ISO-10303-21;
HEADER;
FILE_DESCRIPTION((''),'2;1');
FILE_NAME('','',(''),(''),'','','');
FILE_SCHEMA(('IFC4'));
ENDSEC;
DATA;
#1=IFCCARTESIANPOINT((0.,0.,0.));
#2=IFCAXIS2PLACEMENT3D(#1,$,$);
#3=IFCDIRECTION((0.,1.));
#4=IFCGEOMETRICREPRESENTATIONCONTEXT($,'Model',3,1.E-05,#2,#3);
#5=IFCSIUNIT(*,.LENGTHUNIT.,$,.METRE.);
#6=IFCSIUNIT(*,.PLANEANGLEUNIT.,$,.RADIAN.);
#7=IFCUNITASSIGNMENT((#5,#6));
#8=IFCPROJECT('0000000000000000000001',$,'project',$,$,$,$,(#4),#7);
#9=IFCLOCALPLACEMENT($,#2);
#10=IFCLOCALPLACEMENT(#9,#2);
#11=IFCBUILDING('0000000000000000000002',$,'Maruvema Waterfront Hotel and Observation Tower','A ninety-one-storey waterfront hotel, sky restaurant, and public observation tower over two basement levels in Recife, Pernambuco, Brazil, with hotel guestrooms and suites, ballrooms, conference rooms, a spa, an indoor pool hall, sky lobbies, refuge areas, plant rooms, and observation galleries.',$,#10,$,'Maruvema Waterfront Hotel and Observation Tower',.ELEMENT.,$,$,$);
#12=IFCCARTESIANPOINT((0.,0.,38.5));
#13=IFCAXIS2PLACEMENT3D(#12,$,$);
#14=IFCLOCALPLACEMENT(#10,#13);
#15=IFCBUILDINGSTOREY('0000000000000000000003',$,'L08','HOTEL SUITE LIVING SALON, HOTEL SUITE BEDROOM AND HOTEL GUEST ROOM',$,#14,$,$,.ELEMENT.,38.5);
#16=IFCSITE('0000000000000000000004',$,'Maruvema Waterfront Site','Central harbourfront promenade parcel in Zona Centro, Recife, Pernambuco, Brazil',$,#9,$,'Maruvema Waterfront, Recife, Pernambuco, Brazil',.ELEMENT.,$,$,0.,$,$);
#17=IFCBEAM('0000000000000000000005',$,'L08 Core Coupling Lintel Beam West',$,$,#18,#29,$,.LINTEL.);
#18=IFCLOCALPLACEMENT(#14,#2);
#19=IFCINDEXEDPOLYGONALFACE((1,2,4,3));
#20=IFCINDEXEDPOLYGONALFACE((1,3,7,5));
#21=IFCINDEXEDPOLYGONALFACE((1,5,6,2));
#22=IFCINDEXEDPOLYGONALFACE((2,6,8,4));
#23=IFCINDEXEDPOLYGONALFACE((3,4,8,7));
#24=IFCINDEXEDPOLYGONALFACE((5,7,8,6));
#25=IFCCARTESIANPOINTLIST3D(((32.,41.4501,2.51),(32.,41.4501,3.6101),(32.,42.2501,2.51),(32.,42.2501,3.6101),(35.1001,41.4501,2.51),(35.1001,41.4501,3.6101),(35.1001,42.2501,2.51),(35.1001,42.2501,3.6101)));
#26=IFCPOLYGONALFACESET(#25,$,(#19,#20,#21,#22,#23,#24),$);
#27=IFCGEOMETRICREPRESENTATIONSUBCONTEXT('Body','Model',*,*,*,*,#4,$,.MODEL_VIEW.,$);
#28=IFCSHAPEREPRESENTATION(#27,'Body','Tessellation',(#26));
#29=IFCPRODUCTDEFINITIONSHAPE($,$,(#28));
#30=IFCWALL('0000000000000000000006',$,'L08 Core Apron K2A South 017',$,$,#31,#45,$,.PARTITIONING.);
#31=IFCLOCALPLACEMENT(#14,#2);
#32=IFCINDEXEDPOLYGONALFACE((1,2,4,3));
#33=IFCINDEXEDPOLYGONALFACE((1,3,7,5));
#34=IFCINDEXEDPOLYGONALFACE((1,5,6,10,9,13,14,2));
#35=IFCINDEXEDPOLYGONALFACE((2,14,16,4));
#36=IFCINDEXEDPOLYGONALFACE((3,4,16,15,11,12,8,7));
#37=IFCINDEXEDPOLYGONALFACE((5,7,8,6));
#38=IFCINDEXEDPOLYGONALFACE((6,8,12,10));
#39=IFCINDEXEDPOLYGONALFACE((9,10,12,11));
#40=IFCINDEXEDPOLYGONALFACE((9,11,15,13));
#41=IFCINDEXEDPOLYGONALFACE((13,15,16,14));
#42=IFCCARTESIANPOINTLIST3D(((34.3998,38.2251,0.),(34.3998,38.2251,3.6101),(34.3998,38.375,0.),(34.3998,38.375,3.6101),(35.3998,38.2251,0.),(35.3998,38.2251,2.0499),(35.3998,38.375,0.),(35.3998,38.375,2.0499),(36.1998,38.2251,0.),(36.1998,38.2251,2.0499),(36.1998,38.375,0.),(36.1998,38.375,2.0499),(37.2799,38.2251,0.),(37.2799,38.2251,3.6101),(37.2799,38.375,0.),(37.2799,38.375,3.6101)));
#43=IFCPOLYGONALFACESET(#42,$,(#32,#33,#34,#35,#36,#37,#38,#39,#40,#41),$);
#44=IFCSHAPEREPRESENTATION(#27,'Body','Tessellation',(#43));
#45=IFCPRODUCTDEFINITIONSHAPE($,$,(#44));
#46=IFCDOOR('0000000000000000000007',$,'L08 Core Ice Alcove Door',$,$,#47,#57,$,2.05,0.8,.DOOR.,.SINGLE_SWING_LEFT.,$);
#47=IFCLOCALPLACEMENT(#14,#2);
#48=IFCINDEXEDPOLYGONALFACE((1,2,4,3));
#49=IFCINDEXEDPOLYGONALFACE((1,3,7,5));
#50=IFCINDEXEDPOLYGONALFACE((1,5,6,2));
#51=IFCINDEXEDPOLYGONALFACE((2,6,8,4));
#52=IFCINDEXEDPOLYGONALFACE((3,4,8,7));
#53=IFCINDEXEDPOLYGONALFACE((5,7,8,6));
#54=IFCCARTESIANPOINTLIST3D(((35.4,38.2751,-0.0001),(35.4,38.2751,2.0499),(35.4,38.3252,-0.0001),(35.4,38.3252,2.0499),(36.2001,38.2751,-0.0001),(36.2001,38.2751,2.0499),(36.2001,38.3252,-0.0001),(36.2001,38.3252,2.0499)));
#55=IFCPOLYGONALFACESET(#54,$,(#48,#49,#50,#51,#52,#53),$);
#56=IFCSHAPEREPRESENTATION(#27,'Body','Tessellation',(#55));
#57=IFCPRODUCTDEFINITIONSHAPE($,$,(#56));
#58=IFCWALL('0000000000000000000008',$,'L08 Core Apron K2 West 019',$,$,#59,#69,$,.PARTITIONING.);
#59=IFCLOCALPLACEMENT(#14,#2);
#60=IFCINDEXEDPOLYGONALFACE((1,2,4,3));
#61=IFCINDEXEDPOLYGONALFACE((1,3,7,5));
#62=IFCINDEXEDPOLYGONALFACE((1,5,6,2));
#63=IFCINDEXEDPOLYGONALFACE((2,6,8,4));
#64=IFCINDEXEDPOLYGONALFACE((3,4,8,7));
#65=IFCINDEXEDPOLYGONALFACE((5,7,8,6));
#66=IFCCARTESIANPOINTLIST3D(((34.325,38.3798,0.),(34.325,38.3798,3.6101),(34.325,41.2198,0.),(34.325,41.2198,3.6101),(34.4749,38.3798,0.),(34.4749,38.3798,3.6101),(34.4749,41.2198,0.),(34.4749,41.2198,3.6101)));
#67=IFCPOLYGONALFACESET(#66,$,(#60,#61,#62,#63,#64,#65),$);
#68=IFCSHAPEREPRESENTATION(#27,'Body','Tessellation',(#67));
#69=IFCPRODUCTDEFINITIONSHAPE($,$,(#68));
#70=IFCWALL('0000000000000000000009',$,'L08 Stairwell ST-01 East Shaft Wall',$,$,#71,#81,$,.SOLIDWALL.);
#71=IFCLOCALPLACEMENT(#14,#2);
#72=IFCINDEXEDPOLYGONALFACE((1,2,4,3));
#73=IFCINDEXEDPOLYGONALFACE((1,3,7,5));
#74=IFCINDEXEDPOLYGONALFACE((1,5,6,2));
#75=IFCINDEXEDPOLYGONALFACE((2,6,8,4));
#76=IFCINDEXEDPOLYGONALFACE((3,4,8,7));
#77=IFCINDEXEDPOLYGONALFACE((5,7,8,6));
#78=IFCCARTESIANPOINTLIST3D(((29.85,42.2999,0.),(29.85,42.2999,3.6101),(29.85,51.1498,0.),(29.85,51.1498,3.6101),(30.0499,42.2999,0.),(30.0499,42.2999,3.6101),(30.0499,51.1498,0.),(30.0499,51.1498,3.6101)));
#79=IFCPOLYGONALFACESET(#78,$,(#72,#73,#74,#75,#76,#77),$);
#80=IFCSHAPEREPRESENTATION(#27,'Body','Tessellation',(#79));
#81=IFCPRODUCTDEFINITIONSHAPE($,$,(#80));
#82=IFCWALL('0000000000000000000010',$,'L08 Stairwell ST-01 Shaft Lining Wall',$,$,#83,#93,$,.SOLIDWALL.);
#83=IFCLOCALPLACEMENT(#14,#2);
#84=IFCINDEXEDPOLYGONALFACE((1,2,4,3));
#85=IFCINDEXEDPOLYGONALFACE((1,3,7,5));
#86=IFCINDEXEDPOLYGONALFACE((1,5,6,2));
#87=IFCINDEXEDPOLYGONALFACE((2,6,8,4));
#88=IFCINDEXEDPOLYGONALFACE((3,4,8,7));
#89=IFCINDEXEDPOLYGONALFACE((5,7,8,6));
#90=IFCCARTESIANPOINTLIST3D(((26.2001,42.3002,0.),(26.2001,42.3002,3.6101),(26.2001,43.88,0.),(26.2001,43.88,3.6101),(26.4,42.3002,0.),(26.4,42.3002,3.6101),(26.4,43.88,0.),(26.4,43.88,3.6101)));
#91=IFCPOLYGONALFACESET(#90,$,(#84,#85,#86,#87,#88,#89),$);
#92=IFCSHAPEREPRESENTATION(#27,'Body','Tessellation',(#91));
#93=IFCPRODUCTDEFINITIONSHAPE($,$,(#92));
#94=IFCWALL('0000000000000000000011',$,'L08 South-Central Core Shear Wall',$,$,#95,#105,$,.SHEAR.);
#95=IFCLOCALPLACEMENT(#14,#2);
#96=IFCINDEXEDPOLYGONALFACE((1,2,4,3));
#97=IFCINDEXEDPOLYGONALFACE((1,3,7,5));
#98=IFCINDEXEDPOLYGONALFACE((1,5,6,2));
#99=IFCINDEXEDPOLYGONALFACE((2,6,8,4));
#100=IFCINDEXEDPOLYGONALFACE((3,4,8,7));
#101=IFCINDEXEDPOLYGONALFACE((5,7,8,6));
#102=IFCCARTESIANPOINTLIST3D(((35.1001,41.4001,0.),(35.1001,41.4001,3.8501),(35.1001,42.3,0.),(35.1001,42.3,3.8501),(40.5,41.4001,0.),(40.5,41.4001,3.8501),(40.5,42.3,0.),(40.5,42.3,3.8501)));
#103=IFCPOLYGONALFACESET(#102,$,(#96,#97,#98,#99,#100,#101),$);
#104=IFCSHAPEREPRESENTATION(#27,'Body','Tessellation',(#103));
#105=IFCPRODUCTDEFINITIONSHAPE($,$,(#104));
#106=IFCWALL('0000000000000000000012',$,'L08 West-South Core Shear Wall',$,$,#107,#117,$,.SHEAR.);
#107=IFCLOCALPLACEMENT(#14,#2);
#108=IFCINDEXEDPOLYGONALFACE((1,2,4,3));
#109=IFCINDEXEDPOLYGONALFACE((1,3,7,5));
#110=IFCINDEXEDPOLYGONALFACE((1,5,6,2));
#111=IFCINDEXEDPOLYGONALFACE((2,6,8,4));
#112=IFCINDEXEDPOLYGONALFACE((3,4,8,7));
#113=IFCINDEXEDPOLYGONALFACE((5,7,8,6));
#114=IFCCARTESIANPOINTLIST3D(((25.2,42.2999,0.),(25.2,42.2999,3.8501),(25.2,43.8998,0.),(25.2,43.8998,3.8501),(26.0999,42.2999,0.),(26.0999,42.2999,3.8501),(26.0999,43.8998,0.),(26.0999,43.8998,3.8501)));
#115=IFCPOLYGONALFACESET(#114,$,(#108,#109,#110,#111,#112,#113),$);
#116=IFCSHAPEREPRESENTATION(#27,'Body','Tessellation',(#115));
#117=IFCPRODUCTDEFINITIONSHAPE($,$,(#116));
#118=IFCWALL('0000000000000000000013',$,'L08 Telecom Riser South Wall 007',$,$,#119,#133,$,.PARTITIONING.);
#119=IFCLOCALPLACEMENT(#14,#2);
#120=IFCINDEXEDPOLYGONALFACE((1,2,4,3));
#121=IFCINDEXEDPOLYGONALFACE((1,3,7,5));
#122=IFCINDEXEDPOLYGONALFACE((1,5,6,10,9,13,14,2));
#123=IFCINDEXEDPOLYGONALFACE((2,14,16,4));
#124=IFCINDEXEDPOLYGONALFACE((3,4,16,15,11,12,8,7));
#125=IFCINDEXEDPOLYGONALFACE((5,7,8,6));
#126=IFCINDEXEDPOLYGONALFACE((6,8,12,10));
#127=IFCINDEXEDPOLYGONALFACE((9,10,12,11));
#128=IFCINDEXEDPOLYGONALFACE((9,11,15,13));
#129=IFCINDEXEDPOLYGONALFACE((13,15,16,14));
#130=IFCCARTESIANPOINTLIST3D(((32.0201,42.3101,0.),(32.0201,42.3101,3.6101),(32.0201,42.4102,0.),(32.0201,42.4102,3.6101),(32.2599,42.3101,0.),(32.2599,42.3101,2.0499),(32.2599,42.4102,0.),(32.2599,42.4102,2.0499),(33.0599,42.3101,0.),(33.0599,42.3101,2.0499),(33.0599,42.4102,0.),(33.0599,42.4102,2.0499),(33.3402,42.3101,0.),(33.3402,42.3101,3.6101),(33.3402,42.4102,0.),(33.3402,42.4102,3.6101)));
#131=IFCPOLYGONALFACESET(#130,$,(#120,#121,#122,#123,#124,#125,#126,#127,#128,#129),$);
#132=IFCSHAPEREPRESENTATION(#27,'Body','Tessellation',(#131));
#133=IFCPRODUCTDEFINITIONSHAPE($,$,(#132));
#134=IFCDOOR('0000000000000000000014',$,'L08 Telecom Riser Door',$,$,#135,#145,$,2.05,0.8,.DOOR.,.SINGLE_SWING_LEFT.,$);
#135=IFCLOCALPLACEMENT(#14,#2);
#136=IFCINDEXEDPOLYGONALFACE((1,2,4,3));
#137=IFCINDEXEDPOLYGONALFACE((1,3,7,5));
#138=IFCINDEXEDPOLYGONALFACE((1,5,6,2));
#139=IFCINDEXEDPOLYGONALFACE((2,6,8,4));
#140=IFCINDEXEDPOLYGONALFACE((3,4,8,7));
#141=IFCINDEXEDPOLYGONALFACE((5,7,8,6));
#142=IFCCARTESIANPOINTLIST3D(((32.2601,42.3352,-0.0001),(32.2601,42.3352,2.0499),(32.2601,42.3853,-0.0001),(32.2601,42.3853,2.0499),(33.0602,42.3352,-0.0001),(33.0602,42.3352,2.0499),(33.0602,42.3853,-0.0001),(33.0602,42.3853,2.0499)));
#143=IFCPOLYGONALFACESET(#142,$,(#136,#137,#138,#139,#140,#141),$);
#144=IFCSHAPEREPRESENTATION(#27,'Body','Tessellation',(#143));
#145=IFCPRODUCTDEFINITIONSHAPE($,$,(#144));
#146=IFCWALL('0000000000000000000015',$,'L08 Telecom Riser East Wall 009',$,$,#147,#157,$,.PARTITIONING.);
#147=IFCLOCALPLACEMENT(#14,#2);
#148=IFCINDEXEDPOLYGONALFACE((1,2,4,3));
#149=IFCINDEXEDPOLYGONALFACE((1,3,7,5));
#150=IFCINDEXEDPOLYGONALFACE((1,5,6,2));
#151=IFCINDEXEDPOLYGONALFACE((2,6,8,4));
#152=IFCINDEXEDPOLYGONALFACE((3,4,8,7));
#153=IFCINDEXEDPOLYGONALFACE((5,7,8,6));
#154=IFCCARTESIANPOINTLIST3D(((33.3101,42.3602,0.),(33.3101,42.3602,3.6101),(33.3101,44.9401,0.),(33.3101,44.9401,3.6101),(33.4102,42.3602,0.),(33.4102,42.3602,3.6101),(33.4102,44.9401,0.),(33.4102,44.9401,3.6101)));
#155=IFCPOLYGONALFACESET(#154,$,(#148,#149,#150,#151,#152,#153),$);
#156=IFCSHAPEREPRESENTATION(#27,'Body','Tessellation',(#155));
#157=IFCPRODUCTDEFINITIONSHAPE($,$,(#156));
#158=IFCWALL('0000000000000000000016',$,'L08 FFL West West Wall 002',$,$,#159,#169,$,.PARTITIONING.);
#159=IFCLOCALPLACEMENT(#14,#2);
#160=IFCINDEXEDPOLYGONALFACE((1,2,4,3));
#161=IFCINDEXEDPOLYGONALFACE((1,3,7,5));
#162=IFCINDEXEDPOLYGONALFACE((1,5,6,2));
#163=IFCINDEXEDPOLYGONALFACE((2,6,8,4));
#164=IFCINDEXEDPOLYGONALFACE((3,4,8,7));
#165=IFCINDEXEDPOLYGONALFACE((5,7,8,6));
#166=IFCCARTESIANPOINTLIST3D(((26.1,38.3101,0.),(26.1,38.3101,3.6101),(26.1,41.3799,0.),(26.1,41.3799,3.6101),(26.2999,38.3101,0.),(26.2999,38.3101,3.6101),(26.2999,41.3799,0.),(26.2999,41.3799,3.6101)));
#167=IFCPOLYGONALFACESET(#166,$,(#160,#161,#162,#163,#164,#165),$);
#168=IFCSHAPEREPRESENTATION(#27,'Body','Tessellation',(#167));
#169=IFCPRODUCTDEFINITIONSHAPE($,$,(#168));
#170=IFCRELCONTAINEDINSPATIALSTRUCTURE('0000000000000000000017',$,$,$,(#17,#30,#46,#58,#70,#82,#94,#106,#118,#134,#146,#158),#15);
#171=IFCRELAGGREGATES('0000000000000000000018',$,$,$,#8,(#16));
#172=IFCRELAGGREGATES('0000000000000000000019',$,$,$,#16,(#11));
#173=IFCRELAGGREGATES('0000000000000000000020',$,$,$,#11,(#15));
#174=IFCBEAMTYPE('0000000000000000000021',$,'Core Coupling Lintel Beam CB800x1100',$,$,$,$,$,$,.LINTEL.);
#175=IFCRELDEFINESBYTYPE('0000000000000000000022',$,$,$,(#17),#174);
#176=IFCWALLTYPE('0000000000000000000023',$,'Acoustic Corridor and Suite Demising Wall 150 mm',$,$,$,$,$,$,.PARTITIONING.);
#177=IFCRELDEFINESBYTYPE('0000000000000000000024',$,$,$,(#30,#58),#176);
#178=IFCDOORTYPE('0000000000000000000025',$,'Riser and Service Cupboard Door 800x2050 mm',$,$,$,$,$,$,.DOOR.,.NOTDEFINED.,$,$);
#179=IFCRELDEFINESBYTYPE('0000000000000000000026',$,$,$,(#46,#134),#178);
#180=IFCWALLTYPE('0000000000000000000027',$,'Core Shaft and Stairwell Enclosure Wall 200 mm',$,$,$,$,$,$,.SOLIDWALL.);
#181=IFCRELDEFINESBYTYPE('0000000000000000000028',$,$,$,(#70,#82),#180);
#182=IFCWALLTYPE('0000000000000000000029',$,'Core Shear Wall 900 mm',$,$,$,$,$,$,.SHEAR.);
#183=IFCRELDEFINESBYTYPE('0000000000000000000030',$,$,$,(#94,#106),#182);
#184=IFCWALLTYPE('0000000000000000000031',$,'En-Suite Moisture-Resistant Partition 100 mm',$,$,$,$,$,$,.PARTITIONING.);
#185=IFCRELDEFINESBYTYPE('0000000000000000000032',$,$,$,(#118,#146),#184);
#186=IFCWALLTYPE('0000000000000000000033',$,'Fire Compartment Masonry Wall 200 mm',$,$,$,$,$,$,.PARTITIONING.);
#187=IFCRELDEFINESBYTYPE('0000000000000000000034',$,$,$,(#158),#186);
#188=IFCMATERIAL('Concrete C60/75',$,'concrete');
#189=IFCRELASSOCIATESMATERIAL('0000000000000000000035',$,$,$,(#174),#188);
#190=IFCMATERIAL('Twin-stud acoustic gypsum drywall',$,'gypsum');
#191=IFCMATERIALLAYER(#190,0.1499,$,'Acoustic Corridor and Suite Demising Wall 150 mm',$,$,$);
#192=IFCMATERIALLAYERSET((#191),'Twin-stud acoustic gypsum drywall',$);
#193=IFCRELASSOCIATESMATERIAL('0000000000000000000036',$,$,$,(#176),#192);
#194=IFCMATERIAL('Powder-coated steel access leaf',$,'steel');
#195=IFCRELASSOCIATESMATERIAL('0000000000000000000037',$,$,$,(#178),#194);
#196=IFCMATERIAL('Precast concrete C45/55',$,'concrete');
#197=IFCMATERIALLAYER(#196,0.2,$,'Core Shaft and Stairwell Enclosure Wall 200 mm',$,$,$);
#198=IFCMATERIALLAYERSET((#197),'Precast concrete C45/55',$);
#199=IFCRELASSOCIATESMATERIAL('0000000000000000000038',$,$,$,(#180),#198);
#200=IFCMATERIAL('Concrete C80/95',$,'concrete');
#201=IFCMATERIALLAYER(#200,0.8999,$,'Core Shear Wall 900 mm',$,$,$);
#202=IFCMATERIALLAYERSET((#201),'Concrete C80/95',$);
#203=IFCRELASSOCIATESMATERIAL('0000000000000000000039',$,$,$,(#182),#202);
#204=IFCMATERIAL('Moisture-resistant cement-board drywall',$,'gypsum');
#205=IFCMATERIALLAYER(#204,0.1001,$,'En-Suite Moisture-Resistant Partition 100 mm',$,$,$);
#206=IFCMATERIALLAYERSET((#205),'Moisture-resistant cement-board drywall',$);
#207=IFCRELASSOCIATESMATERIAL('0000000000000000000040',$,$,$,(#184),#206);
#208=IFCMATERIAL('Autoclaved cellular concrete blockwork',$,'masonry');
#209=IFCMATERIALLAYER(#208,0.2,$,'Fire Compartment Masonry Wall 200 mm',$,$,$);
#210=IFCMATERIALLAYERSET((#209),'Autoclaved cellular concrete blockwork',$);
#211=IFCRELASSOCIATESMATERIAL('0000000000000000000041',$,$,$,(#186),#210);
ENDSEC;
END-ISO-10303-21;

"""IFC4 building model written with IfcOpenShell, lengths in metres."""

from ifc_helpers import new_model, si_unit, direction, frame, frame_2d, origin, origin_2d, place, context, subcontext, project, spatial, rectangle, extrude, material, layer, layer_set, material_profile, profile_set, type_object, element, fill, save


model = new_model("IFC4")

# Units and contexts
model_context = context("Model", 3, precision=1e-05, world=origin(), true_north=direction((0.0, 1.0)))
body_context = subcontext(model_context, "Body", "Model", "MODEL_VIEW")
ifc_project = project(units=[si_unit("LENGTHUNIT", "METRE"), si_unit("PLANEANGLEUNIT", "RADIAN")], contexts=[model_context])

# Site, building, storey
site_placement = place(None, origin())
site = spatial("IfcSite", under=ifc_project, at=site_placement, Name="Maruvema Waterfront Site", Description="Central harbourfront promenade parcel in Zona Centro, Recife, Pernambuco, Brazil", LongName="Maruvema Waterfront, Recife, Pernambuco, Brazil", CompositionType="ELEMENT", RefElevation=0.0)
building_placement = place(site_placement, origin())
building = spatial("IfcBuilding", under=site, at=building_placement, Name="Maruvema Waterfront Hotel and Observation Tower", Description="A ninety-one-storey waterfront hotel, sky restaurant, and public observation tower over two basement levels in Recife, Pernambuco, Brazil, with hotel guestrooms and suites, ballrooms, conference rooms, a spa, an indoor pool hall, sky lobbies, refuge areas, plant rooms, and observation galleries.", LongName="Maruvema Waterfront Hotel and Observation Tower", CompositionType="ELEMENT")
storey_placement = place(building_placement, frame((0.0, 0.0, 38.5)))
storey = spatial("IfcBuildingStorey", under=building, at=storey_placement, Name="L08", Description="HOTEL SUITE LIVING SALON, HOTEL SUITE BEDROOM AND HOTEL GUEST ROOM", CompositionType="ELEMENT", Elevation=38.5)

# Beam
ifc_material_1 = material(Name="Concrete C60/75", Category="concrete")
ifc_material_profile = material_profile(ifc_material_1, rectangle(XDim=0.8, YDim=1.1001, at=origin_2d()), Name="CB800x1100")
ifc_profile_set = profile_set([ifc_material_profile], Name="Concrete C60/75")
beam_type = type_object("IfcBeamType", Name="Core Coupling Lintel Beam CB800x1100", PredefinedType="LINTEL", material=ifc_profile_set)
beam_placement = place(storey_placement, frame((32.0, 41.8501, 3.0601), z_axis=(1.0, 0.0, 0.0), x_axis=(0.0, 1.0, 0.0)))
element("IfcBeam", 1, at=beam_placement, inside=storey, type_object=beam_type, Name="L08 Core Coupling Lintel Beam West", PredefinedType="LINTEL", context=body_context, shape_type="SweptSolid", body=[
    extrude(rectangle(XDim=0.8, YDim=1.1001, at=origin_2d()), origin(), (0.0, 0.0, 1.0), 3.1001),
])

# Wall, opening, door
ifc_material_2 = material(Name="Twin-stud acoustic gypsum drywall", Category="gypsum")
ifc_layer_1 = layer(ifc_material_2, 0.1499, Name="Acoustic Corridor and Suite Demising Wall 150 mm")
ifc_layer_set_1 = layer_set([ifc_layer_1], Name="Twin-stud acoustic gypsum drywall")
wall_type_1 = type_object("IfcWallType", Name="Acoustic Corridor and Suite Demising Wall 150 mm", PredefinedType="PARTITIONING", material=ifc_layer_set_1)
wall_1_placement = place(storey_placement, frame((34.3999, 38.3, 0.0), z_axis=(0.0, 0.0, 1.0), x_axis=(1.0, 0.0, 0.0)))
wall_1 = element("IfcWall", 2, at=wall_1_placement, inside=storey, type_object=wall_type_1, Name="L08 Core Apron K2A South 017", PredefinedType="PARTITIONING", context=body_context, shape_type="SweptSolid", body=[
    extrude(rectangle(XDim=2.8801, YDim=0.1499, at=frame_2d((1.4399, 0.0))), origin(), (0.0, 0.0, 1.0), 3.6101),
])
opening_1_placement = place(wall_1_placement, frame((1.0, 0.0, 0.0)))
opening_1 = element("IfcOpeningElement", 3, at=opening_1_placement, cuts=wall_1, PredefinedType="OPENING", context=body_context, shape_type="SweptSolid", body=[
    extrude(rectangle(XDim=0.8, YDim=2.05, at=frame_2d((0.3999, 1.0249))), frame((0.0, 0.085, 0.0), z_axis=(0.0, -1.0, 0.0), x_axis=(1.0, 0.0, 0.0)), (0.0, 0.0, 1.0), 0.1699),
])
ifc_material_3 = material(Name="Powder-coated steel access leaf", Category="steel")
door_type_1 = type_object("IfcDoorType", Name="Riser and Service Cupboard Door 800x2050 mm", OperationType="NOTDEFINED", PredefinedType="DOOR", material=ifc_material_3)
door_1_placement = place(opening_1_placement, frame((0.8, 0.0, 0.0), z_axis=(0.0, 0.0, 1.0), x_axis=(-1.0, 0.0, 0.0)))
door_1 = element("IfcDoor", 4, at=door_1_placement, inside=storey, type_object=door_type_1, Name="L08 Core Ice Alcove Door", OperationType="SINGLE_SWING_LEFT", OverallHeight=2.05, OverallWidth=0.8, PredefinedType="DOOR", context=body_context, shape_type="SweptSolid", body=[
    extrude(rectangle(XDim=0.8, YDim=2.05, at=frame_2d((0.3999, 1.0249))), frame((0.0, 0.0249, 0.0), z_axis=(0.0, -1.0, 0.0), x_axis=(1.0, 0.0, 0.0)), (0.0, 0.0, 1.0), 0.05),
])
fill(opening_1, door_1)

# Walls
wall_2_placement = place(storey_placement, frame((34.3999, 38.3799, 0.0), z_axis=(0.0, 0.0, 1.0), x_axis=(0.0, 1.0, 0.0)))
element("IfcWall", 5, at=wall_2_placement, inside=storey, type_object=wall_type_1, Name="L08 Core Apron K2 West 019", PredefinedType="PARTITIONING", context=body_context, shape_type="SweptSolid", body=[
    extrude(rectangle(XDim=2.8401, YDim=0.1499, at=frame_2d((1.4199, 0.0))), origin(), (0.0, 0.0, 1.0), 3.6101),
])
ifc_material_4 = material(Name="Precast concrete C45/55", Category="concrete")
ifc_layer_2 = layer(ifc_material_4, 0.2, Name="Core Shaft and Stairwell Enclosure Wall 200 mm")
ifc_layer_set_2 = layer_set([ifc_layer_2], Name="Precast concrete C45/55")
wall_type_2 = type_object("IfcWallType", Name="Core Shaft and Stairwell Enclosure Wall 200 mm", PredefinedType="SOLIDWALL", material=ifc_layer_set_2)
wall_3_placement = place(storey_placement, frame((29.95, 42.3, 0.0), z_axis=(0.0, 0.0, 1.0), x_axis=(0.0, 1.0, 0.0)))
element("IfcWall", 6, at=wall_3_placement, inside=storey, type_object=wall_type_2, Name="L08 Stairwell ST-01 East Shaft Wall", PredefinedType="SOLIDWALL", context=body_context, shape_type="SweptSolid", body=[
    extrude(rectangle(XDim=8.8499, YDim=0.2, at=frame_2d((4.4248, 0.0))), origin(), (0.0, 0.0, 1.0), 3.6101),
])
wall_4_placement = place(storey_placement, frame((26.3, 42.3, 0.0), z_axis=(0.0, 0.0, 1.0), x_axis=(0.0, 1.0, 0.0)))
element("IfcWall", 7, at=wall_4_placement, inside=storey, type_object=wall_type_2, Name="L08 Stairwell ST-01 Shaft Lining Wall", PredefinedType="SOLIDWALL", context=body_context, shape_type="SweptSolid", body=[
    extrude(rectangle(XDim=1.5798, YDim=0.2, at=frame_2d((0.79, 0.0))), origin(), (0.0, 0.0, 1.0), 3.6101),
])

# Shared definitions
ifc_material_5 = material(Name="Concrete C80/95", Category="concrete")
ifc_layer_3 = layer(ifc_material_5, 0.8999, Name="Core Shear Wall 900 mm")
ifc_layer_set_3 = layer_set([ifc_layer_3], Name="Concrete C80/95")
wall_type_3 = type_object("IfcWallType", Name="Core Shear Wall 900 mm", PredefinedType="SHEAR", material=ifc_layer_set_3)

# Walls
wall_5_placement = place(storey_placement, frame((35.1001, 41.8501, 0.0), z_axis=(0.0, 0.0, 1.0), x_axis=(1.0, 0.0, 0.0)))
element("IfcWall", 8, at=wall_5_placement, inside=storey, type_object=wall_type_3, Name="L08 South-Central Core Shear Wall", PredefinedType="SHEAR", context=body_context, shape_type="SweptSolid", body=[
    extrude(rectangle(XDim=5.3999, YDim=0.8999, at=frame_2d((2.7, 0.0))), origin(), (0.0, 0.0, 1.0), 3.8501),
])
wall_6_placement = place(storey_placement, frame((25.6499, 42.3, 0.0), z_axis=(0.0, 0.0, 1.0), x_axis=(0.0, 1.0, 0.0)))
element("IfcWall", 9, at=wall_6_placement, inside=storey, type_object=wall_type_3, Name="L08 West-South Core Shear Wall", PredefinedType="SHEAR", context=body_context, shape_type="SweptSolid", body=[
    extrude(rectangle(XDim=1.5999, YDim=0.8999, at=frame_2d((0.7998, 0.0))), origin(), (0.0, 0.0, 1.0), 3.8501),
])

# Wall, opening, door
ifc_material_6 = material(Name="Moisture-resistant cement-board drywall", Category="gypsum")
ifc_layer_4 = layer(ifc_material_6, 0.1001, Name="En-Suite Moisture-Resistant Partition 100 mm")
ifc_layer_set_4 = layer_set([ifc_layer_4], Name="Moisture-resistant cement-board drywall")
wall_type_4 = type_object("IfcWallType", Name="En-Suite Moisture-Resistant Partition 100 mm", PredefinedType="PARTITIONING", material=ifc_layer_set_4)
wall_7_placement = place(storey_placement, frame((32.02, 42.3601, 0.0), z_axis=(0.0, 0.0, 1.0), x_axis=(1.0, 0.0, 0.0)))
wall_7 = element("IfcWall", 10, at=wall_7_placement, inside=storey, type_object=wall_type_4, Name="L08 Telecom Riser South Wall 007", PredefinedType="PARTITIONING", context=body_context, shape_type="SweptSolid", body=[
    extrude(rectangle(XDim=1.3201, YDim=0.1001, at=frame_2d((0.6602, 0.0))), origin(), (0.0, 0.0, 1.0), 3.6101),
])
opening_2_placement = place(wall_7_placement, frame((0.24, 0.0, 0.0)))
opening_2 = element("IfcOpeningElement", 11, at=opening_2_placement, cuts=wall_7, PredefinedType="OPENING", context=body_context, shape_type="SweptSolid", body=[
    extrude(rectangle(XDim=0.8, YDim=2.05, at=frame_2d((0.3999, 1.0249))), frame((0.0, 0.0601, 0.0), z_axis=(0.0, -1.0, 0.0), x_axis=(1.0, 0.0, 0.0)), (0.0, 0.0, 1.0), 0.1201),
])
door_2_placement = place(opening_2_placement, frame((0.8, 0.0, 0.0), z_axis=(0.0, 0.0, 1.0), x_axis=(-1.0, 0.0, 0.0)))
door_2 = element("IfcDoor", 12, at=door_2_placement, inside=storey, type_object=door_type_1, Name="L08 Telecom Riser Door", OperationType="SINGLE_SWING_LEFT", OverallHeight=2.05, OverallWidth=0.8, PredefinedType="DOOR", context=body_context, shape_type="SweptSolid", body=[
    extrude(rectangle(XDim=0.8, YDim=2.05, at=frame_2d((0.3999, 1.0249))), frame((0.0, 0.0249, 0.0), z_axis=(0.0, -1.0, 0.0), x_axis=(1.0, 0.0, 0.0)), (0.0, 0.0, 1.0), 0.05),
])
fill(opening_2, door_2)

# Walls
wall_8_placement = place(storey_placement, frame((33.3601, 42.3601, 0.0), z_axis=(0.0, 0.0, 1.0), x_axis=(0.0, 1.0, 0.0)))
element("IfcWall", 13, at=wall_8_placement, inside=storey, type_object=wall_type_4, Name="L08 Telecom Riser East Wall 009", PredefinedType="PARTITIONING", context=body_context, shape_type="SweptSolid", body=[
    extrude(rectangle(XDim=2.5798, YDim=0.1001, at=frame_2d((1.29, 0.0))), origin(), (0.0, 0.0, 1.0), 3.6101),
])
ifc_material_7 = material(Name="Autoclaved cellular concrete blockwork", Category="masonry")
ifc_layer_5 = layer(ifc_material_7, 0.2, Name="Fire Compartment Masonry Wall 200 mm")
ifc_layer_set_5 = layer_set([ifc_layer_5], Name="Autoclaved cellular concrete blockwork")
wall_type_5 = type_object("IfcWallType", Name="Fire Compartment Masonry Wall 200 mm", PredefinedType="PARTITIONING", material=ifc_layer_set_5)
for number, where, z_axis, x_axis, name in (
    (14, (26.2, 38.3101, 0.0), (0.0, 0.0, 1.0), (0.0, 1.0, 0.0), "L08 FFL West West Wall 002"),
):
    element("IfcWall", number, at=place(storey_placement, frame(where, z_axis=z_axis, x_axis=x_axis)), inside=storey, type_object=wall_type_5, Name=name, PredefinedType="PARTITIONING", context=body_context, shape_type="SweptSolid", body=[
        extrude(rectangle(XDim=3.0698, YDim=0.2, at=frame_2d((1.5349, 0.0))), origin(), (0.0, 0.0, 1.0), 3.6101),
    ])

save(model, "model.ifc")
